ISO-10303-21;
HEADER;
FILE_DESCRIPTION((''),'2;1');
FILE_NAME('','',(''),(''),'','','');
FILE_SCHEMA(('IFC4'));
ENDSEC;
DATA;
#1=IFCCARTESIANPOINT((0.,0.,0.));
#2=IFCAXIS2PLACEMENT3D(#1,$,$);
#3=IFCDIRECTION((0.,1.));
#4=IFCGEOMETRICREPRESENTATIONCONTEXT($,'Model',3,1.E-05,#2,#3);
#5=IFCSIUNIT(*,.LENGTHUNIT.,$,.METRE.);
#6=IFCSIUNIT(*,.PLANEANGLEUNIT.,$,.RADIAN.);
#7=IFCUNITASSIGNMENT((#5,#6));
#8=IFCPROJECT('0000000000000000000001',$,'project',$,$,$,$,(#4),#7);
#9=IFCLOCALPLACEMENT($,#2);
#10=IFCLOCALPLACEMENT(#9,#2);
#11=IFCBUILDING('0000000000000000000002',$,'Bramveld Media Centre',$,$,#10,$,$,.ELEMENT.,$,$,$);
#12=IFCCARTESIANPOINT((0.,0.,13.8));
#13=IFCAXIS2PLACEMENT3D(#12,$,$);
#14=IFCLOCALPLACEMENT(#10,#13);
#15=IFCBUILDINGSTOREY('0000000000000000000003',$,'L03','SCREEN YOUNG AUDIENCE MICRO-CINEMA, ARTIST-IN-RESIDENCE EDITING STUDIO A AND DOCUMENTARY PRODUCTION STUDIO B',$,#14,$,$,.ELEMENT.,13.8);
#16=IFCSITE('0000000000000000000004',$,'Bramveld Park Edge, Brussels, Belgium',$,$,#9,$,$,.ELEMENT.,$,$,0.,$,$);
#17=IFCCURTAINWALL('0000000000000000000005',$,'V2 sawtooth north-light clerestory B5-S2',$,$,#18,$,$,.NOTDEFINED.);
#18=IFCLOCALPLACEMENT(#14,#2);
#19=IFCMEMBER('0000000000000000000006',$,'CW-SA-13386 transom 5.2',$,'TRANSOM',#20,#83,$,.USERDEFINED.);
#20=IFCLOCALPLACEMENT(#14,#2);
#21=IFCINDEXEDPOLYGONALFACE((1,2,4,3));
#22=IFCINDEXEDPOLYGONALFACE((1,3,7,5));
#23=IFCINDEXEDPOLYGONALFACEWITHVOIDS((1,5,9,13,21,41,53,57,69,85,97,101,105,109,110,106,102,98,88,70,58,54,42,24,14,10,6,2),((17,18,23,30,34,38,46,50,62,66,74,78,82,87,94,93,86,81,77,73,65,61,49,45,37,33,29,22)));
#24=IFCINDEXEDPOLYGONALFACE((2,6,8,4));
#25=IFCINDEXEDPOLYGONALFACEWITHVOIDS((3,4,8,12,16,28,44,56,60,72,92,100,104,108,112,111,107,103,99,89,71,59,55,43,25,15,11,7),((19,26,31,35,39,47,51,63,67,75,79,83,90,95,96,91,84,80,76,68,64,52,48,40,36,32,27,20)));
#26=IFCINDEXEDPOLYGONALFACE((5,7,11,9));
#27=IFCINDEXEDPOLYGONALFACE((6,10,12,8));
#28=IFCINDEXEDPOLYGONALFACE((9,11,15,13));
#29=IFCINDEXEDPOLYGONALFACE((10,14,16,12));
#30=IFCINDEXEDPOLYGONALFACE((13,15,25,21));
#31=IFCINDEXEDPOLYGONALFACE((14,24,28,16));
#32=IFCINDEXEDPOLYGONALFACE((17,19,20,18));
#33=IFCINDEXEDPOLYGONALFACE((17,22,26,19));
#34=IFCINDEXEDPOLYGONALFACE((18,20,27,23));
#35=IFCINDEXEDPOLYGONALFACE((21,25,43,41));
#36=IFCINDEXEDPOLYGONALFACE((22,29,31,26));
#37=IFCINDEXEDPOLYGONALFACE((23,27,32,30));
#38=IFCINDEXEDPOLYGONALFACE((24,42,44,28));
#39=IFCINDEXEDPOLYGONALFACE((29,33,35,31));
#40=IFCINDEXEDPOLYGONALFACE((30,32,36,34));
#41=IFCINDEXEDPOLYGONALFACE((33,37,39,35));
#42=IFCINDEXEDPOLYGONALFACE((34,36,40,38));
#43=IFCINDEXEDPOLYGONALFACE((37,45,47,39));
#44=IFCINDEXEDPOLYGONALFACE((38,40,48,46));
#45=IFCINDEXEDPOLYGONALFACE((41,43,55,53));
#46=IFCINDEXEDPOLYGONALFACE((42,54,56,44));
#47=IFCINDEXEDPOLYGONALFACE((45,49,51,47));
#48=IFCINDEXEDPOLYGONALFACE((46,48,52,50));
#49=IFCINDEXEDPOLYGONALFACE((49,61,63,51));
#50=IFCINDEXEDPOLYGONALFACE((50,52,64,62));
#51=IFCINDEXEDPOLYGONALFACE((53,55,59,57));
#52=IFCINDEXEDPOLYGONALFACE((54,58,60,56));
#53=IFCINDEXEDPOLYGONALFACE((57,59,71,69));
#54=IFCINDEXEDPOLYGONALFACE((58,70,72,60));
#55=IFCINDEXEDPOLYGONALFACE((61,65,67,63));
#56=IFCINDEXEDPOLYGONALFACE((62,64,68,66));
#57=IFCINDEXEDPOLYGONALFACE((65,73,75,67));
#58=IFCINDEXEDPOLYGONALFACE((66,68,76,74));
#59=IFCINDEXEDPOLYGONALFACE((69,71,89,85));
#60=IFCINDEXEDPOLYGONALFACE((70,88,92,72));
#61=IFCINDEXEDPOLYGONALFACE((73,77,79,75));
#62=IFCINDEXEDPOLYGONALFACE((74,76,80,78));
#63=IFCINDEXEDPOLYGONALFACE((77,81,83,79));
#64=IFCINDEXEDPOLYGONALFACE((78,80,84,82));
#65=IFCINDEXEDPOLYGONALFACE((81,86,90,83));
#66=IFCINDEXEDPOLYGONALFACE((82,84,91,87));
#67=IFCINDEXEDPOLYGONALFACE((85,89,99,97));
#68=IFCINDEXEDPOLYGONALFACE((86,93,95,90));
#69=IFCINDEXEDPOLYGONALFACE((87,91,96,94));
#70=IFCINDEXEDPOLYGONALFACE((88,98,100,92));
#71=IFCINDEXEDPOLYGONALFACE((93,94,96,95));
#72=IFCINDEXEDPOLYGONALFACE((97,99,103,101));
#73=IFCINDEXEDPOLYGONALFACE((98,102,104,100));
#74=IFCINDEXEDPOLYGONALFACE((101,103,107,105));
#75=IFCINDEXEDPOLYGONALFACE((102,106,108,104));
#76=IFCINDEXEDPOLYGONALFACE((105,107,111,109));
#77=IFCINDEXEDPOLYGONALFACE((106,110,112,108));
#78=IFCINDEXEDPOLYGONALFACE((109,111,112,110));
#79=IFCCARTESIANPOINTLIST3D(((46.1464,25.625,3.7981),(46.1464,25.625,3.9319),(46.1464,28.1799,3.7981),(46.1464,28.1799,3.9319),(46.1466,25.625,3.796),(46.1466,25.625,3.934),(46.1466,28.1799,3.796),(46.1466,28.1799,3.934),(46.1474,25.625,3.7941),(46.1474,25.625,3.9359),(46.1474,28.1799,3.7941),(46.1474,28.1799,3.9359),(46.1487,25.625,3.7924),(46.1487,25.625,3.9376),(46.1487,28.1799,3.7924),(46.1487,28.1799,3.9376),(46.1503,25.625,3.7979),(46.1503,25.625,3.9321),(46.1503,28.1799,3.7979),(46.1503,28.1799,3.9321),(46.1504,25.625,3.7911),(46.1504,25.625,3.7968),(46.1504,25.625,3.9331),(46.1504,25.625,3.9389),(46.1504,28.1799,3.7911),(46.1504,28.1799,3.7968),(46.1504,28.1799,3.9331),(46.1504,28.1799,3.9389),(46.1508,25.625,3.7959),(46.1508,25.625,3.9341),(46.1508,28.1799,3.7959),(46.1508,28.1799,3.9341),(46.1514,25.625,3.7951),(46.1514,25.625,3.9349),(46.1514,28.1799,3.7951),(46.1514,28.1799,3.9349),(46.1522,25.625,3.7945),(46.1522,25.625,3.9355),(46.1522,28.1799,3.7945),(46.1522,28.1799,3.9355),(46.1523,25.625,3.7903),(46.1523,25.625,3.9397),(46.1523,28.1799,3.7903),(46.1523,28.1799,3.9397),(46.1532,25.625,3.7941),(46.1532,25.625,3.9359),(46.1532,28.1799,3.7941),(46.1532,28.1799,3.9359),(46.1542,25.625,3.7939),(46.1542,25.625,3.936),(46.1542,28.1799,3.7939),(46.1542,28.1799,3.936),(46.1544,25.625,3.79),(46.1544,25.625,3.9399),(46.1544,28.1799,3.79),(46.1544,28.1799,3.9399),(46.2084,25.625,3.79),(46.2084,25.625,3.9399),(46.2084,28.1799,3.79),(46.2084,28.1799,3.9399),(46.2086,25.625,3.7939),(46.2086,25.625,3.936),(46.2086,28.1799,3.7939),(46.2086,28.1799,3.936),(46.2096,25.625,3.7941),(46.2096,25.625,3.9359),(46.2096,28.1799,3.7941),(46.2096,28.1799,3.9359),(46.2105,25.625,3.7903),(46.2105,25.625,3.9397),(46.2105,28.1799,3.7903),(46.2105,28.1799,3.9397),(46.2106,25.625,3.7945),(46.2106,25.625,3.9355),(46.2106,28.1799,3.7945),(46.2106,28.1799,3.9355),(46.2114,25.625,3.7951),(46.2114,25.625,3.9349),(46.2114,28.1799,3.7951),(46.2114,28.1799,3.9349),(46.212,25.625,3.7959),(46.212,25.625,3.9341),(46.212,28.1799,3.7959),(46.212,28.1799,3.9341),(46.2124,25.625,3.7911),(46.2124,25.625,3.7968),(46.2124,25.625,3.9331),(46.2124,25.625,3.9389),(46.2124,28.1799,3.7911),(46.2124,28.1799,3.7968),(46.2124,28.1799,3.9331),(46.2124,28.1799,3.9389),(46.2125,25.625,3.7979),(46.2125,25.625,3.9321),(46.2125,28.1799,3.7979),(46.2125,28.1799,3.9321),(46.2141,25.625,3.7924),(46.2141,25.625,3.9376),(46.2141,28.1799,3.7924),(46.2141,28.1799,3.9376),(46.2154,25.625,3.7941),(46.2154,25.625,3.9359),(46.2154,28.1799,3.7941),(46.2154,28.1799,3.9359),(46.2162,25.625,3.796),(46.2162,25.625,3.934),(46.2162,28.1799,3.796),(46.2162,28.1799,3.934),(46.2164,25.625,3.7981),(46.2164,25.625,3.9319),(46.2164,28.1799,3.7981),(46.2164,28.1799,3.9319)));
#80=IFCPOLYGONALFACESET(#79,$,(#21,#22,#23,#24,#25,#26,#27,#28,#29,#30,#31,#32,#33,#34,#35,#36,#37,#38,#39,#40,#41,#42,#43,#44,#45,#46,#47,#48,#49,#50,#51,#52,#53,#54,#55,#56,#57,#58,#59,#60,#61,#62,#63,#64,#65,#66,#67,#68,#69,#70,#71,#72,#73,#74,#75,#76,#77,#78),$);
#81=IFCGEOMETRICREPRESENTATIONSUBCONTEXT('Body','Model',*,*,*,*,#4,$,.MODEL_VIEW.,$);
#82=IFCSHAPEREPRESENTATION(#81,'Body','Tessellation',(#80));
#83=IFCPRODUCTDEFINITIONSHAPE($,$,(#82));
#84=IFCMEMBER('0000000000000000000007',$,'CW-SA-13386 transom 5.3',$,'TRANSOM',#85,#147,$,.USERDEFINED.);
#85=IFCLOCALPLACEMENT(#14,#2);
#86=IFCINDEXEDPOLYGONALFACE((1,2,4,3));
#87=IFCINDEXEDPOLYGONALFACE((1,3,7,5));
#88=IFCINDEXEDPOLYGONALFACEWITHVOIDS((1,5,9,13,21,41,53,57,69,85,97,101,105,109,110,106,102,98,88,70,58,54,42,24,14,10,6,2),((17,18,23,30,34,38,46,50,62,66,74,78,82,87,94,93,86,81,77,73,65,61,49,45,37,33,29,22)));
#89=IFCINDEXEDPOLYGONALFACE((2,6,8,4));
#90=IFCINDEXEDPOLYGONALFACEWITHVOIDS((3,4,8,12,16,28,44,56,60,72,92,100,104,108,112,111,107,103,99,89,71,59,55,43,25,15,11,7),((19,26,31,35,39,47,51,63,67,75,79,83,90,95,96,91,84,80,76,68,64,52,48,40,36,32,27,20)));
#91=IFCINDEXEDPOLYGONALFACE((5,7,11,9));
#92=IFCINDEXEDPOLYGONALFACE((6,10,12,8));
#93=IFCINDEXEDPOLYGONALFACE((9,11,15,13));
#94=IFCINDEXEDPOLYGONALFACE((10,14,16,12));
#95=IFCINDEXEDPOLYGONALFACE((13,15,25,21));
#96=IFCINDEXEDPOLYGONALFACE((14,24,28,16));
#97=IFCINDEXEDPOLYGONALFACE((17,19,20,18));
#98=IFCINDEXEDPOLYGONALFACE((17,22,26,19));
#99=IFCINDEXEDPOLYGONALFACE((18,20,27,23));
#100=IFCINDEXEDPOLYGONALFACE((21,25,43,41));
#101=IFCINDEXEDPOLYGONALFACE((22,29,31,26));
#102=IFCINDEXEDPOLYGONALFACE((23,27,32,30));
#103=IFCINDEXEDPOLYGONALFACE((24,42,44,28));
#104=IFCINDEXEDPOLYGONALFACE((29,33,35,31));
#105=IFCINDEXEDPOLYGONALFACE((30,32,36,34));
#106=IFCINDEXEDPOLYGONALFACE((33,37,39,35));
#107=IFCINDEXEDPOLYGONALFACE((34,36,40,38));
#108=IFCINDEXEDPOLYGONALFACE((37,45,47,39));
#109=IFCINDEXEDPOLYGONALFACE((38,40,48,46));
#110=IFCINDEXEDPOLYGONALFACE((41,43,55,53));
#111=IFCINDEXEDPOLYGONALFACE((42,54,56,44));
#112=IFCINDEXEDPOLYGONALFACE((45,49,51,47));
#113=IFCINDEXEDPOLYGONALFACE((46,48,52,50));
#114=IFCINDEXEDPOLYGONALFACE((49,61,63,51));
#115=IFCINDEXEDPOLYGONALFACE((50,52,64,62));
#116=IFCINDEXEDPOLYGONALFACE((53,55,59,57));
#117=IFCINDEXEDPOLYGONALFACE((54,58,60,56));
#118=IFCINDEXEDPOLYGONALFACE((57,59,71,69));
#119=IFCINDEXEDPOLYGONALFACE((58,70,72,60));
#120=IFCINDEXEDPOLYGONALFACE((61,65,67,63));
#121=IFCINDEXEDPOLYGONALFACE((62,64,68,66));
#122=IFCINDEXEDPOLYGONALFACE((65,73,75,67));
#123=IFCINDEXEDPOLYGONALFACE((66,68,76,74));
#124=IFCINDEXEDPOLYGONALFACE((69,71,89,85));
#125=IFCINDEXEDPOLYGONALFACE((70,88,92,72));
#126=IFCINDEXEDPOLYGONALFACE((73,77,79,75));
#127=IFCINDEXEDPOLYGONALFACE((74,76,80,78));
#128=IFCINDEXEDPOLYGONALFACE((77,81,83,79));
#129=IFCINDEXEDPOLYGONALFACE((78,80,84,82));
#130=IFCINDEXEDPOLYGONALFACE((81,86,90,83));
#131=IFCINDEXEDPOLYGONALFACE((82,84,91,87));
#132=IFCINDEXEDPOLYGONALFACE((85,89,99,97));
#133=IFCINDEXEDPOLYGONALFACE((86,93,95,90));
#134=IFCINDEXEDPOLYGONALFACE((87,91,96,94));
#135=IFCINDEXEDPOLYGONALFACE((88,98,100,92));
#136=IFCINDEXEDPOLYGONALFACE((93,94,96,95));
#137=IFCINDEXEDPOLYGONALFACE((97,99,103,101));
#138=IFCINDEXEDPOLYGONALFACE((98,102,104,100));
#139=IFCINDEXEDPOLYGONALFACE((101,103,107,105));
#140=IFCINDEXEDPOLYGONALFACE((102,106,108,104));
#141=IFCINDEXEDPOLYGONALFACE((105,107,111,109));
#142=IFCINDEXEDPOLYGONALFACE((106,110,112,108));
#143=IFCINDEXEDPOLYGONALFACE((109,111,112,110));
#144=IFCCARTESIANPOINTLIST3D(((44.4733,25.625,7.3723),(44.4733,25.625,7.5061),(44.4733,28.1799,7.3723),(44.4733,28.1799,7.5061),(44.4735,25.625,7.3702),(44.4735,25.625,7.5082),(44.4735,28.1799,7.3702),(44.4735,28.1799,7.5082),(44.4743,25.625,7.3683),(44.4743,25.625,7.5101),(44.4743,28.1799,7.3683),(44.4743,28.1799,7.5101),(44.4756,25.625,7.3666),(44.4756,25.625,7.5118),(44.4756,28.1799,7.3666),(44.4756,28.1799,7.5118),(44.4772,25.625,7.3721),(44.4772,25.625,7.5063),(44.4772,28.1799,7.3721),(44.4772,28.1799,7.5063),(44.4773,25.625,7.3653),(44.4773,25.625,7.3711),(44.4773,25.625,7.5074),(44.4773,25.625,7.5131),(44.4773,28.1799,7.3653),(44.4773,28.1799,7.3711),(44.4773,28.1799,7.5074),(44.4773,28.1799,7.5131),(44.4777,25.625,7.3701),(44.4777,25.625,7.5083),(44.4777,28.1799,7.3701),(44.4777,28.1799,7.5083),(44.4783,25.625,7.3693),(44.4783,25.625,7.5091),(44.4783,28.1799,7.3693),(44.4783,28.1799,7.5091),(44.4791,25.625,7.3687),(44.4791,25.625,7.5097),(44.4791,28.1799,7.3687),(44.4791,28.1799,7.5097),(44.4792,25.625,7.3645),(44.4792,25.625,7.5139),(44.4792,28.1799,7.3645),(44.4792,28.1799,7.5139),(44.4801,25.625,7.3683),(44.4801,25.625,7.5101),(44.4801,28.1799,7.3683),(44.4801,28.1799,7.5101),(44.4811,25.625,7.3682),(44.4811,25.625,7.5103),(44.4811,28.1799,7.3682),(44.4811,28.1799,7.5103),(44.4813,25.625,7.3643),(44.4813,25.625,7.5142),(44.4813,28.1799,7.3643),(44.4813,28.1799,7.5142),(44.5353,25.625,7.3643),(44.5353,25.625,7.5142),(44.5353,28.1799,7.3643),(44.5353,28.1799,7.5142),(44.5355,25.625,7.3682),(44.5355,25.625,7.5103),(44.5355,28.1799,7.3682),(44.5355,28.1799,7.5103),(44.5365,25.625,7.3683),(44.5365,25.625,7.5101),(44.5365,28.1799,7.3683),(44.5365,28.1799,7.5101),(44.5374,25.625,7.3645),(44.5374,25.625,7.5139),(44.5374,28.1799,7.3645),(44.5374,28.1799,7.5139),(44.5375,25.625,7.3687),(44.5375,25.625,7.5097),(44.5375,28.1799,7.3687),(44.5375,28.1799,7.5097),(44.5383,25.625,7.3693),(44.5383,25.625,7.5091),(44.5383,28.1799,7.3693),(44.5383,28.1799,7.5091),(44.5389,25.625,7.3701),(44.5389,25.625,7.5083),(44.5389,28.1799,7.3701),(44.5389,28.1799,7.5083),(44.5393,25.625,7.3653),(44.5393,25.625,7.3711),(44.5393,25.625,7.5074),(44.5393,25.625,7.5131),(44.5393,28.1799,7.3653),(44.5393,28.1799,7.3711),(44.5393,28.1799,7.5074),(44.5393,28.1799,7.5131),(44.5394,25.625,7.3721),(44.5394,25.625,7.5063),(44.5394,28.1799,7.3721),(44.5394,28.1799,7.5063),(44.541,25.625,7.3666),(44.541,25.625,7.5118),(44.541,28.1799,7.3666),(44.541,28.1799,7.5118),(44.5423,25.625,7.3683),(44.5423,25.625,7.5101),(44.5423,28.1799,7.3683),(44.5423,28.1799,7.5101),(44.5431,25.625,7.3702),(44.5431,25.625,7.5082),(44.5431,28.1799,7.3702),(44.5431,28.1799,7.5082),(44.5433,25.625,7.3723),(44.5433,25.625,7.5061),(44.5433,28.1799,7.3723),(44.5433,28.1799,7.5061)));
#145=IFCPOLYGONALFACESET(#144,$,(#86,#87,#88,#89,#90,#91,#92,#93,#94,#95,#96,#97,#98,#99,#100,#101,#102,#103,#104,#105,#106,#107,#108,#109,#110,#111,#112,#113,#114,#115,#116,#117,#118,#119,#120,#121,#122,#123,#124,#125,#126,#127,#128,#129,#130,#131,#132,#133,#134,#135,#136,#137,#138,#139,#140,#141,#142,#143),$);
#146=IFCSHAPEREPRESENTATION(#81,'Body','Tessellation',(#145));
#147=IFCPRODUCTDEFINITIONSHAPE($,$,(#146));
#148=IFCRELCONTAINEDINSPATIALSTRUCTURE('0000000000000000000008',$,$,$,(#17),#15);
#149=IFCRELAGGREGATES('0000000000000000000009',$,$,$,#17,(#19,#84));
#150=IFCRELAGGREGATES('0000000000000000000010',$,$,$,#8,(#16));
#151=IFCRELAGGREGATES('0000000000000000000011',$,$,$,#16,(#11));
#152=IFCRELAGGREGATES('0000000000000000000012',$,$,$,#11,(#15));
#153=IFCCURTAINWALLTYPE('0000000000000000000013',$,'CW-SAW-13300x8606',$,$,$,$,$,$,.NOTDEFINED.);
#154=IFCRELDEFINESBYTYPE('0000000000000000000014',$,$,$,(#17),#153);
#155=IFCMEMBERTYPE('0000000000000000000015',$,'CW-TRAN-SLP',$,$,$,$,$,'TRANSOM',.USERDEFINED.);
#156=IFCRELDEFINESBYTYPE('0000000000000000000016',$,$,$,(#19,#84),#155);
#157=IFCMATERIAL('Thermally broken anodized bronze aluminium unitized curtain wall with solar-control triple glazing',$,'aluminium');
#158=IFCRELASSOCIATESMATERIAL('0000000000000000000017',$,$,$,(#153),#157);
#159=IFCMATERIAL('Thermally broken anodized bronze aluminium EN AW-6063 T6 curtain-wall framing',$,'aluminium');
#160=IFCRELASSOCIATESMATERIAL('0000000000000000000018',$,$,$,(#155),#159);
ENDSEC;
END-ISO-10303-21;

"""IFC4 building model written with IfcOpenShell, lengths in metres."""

from ifc_helpers import new_model, si_unit, direction, frame, origin, origin_2d, place, context, subcontext, project, spatial, hollow_rectangle, extrude, material, material_profile, profile_set, type_object, element, aggregate, save


model = new_model("IFC4")

# Units and contexts
model_context = context("Model", 3, precision=1e-05, world=origin(), true_north=direction((0.0, 1.0)))
body_context = subcontext(model_context, "Body", "Model", "MODEL_VIEW")
ifc_project = project(units=[si_unit("LENGTHUNIT", "METRE"), si_unit("PLANEANGLEUNIT", "RADIAN")], contexts=[model_context])

# Site, building, storey
site_placement = place(None, origin())
site = spatial("IfcSite", under=ifc_project, at=site_placement, Name="Bramveld Park Edge, Brussels, Belgium", CompositionType="ELEMENT", RefElevation=0.0)
building_placement = place(site_placement, origin())
building = spatial("IfcBuilding", under=site, at=building_placement, Name="Bramveld Media Centre", CompositionType="ELEMENT")
storey_placement = place(building_placement, frame((0.0, 0.0, 13.8)))
storey = spatial("IfcBuildingStorey", under=building, at=storey_placement, Name="L03", Description="SCREEN YOUNG AUDIENCE MICRO-CINEMA, ARTIST-IN-RESIDENCE EDITING STUDIO A AND DOCUMENTARY PRODUCTION STUDIO B", CompositionType="ELEMENT", Elevation=13.8)

# Curtain wall
ifc_material_1 = material(Name="Thermally broken anodized bronze aluminium unitized curtain wall with solar-control triple glazing", Category="aluminium")
curtain_wall_type = type_object("IfcCurtainWallType", Name="CW-SAW-13300x8606", PredefinedType="NOTDEFINED", material=ifc_material_1)
curtain_wall_1_placement = place(storey_placement, origin())
curtain_wall_1 = element("IfcCurtainWall", 1, at=curtain_wall_1_placement, inside=storey, type_object=curtain_wall_type, Name="V2 sawtooth north-light clerestory B5-S2", PredefinedType="NOTDEFINED")

# Members
ifc_material_2 = material(Name="Thermally broken anodized bronze aluminium EN AW-6063 T6 curtain-wall framing", Category="aluminium")
ifc_material_profile_1 = material_profile(ifc_material_2, hollow_rectangle(XDim=0.0701, YDim=0.1499, WallThickness=0.0039, InnerFilletRadius=0.0039, OuterFilletRadius=0.0081, at=origin_2d()), Name="AL-TRAN 70x150")
ifc_profile_set_1 = profile_set([ifc_material_profile_1], Name="Thermally broken anodized bronze aluminium EN AW-6063 T6 curtain-wall framing")
member_type_1 = type_object("IfcMemberType", Name="CW-TRAN-SLP", ElementType="TRANSOM", PredefinedType="USERDEFINED", material=ifc_profile_set_1)
member_1_placement = place(storey_placement, frame((46.1814, 25.625, 3.865), z_axis=(0.0, 1.0, 0.0), x_axis=(-1.0, 0.0, 0.0)))
member_1 = element("IfcMember", 2, at=member_1_placement, type_object=member_type_1, Name="CW-SA-13386 transom 5.2", ObjectType="TRANSOM", PredefinedType="USERDEFINED", context=body_context, shape_type="SweptSolid", body=[
    extrude(hollow_rectangle(XDim=0.0701, YDim=0.1499, WallThickness=0.0039, InnerFilletRadius=0.0039, OuterFilletRadius=0.0081, at=origin_2d()), origin(), (0.0, 0.0, 1.0), 2.5549),
])
member_2_placement = place(storey_placement, frame((44.5083, 25.625, 7.4392), z_axis=(0.0, 1.0, 0.0), x_axis=(-1.0, 0.0, 0.0)))
member_2 = element("IfcMember", 3, at=member_2_placement, type_object=member_type_1, Name="CW-SA-13386 transom 5.3", ObjectType="TRANSOM", PredefinedType="USERDEFINED", context=body_context, shape_type="SweptSolid", body=[
    extrude(hollow_rectangle(XDim=0.0701, YDim=0.1499, WallThickness=0.0039, InnerFilletRadius=0.0039, OuterFilletRadius=0.0081, at=origin_2d()), origin(), (0.0, 0.0, 1.0), 2.5549),
])

aggregate(curtain_wall_1, [member_1, member_2])

save(model, "model.ifc")
